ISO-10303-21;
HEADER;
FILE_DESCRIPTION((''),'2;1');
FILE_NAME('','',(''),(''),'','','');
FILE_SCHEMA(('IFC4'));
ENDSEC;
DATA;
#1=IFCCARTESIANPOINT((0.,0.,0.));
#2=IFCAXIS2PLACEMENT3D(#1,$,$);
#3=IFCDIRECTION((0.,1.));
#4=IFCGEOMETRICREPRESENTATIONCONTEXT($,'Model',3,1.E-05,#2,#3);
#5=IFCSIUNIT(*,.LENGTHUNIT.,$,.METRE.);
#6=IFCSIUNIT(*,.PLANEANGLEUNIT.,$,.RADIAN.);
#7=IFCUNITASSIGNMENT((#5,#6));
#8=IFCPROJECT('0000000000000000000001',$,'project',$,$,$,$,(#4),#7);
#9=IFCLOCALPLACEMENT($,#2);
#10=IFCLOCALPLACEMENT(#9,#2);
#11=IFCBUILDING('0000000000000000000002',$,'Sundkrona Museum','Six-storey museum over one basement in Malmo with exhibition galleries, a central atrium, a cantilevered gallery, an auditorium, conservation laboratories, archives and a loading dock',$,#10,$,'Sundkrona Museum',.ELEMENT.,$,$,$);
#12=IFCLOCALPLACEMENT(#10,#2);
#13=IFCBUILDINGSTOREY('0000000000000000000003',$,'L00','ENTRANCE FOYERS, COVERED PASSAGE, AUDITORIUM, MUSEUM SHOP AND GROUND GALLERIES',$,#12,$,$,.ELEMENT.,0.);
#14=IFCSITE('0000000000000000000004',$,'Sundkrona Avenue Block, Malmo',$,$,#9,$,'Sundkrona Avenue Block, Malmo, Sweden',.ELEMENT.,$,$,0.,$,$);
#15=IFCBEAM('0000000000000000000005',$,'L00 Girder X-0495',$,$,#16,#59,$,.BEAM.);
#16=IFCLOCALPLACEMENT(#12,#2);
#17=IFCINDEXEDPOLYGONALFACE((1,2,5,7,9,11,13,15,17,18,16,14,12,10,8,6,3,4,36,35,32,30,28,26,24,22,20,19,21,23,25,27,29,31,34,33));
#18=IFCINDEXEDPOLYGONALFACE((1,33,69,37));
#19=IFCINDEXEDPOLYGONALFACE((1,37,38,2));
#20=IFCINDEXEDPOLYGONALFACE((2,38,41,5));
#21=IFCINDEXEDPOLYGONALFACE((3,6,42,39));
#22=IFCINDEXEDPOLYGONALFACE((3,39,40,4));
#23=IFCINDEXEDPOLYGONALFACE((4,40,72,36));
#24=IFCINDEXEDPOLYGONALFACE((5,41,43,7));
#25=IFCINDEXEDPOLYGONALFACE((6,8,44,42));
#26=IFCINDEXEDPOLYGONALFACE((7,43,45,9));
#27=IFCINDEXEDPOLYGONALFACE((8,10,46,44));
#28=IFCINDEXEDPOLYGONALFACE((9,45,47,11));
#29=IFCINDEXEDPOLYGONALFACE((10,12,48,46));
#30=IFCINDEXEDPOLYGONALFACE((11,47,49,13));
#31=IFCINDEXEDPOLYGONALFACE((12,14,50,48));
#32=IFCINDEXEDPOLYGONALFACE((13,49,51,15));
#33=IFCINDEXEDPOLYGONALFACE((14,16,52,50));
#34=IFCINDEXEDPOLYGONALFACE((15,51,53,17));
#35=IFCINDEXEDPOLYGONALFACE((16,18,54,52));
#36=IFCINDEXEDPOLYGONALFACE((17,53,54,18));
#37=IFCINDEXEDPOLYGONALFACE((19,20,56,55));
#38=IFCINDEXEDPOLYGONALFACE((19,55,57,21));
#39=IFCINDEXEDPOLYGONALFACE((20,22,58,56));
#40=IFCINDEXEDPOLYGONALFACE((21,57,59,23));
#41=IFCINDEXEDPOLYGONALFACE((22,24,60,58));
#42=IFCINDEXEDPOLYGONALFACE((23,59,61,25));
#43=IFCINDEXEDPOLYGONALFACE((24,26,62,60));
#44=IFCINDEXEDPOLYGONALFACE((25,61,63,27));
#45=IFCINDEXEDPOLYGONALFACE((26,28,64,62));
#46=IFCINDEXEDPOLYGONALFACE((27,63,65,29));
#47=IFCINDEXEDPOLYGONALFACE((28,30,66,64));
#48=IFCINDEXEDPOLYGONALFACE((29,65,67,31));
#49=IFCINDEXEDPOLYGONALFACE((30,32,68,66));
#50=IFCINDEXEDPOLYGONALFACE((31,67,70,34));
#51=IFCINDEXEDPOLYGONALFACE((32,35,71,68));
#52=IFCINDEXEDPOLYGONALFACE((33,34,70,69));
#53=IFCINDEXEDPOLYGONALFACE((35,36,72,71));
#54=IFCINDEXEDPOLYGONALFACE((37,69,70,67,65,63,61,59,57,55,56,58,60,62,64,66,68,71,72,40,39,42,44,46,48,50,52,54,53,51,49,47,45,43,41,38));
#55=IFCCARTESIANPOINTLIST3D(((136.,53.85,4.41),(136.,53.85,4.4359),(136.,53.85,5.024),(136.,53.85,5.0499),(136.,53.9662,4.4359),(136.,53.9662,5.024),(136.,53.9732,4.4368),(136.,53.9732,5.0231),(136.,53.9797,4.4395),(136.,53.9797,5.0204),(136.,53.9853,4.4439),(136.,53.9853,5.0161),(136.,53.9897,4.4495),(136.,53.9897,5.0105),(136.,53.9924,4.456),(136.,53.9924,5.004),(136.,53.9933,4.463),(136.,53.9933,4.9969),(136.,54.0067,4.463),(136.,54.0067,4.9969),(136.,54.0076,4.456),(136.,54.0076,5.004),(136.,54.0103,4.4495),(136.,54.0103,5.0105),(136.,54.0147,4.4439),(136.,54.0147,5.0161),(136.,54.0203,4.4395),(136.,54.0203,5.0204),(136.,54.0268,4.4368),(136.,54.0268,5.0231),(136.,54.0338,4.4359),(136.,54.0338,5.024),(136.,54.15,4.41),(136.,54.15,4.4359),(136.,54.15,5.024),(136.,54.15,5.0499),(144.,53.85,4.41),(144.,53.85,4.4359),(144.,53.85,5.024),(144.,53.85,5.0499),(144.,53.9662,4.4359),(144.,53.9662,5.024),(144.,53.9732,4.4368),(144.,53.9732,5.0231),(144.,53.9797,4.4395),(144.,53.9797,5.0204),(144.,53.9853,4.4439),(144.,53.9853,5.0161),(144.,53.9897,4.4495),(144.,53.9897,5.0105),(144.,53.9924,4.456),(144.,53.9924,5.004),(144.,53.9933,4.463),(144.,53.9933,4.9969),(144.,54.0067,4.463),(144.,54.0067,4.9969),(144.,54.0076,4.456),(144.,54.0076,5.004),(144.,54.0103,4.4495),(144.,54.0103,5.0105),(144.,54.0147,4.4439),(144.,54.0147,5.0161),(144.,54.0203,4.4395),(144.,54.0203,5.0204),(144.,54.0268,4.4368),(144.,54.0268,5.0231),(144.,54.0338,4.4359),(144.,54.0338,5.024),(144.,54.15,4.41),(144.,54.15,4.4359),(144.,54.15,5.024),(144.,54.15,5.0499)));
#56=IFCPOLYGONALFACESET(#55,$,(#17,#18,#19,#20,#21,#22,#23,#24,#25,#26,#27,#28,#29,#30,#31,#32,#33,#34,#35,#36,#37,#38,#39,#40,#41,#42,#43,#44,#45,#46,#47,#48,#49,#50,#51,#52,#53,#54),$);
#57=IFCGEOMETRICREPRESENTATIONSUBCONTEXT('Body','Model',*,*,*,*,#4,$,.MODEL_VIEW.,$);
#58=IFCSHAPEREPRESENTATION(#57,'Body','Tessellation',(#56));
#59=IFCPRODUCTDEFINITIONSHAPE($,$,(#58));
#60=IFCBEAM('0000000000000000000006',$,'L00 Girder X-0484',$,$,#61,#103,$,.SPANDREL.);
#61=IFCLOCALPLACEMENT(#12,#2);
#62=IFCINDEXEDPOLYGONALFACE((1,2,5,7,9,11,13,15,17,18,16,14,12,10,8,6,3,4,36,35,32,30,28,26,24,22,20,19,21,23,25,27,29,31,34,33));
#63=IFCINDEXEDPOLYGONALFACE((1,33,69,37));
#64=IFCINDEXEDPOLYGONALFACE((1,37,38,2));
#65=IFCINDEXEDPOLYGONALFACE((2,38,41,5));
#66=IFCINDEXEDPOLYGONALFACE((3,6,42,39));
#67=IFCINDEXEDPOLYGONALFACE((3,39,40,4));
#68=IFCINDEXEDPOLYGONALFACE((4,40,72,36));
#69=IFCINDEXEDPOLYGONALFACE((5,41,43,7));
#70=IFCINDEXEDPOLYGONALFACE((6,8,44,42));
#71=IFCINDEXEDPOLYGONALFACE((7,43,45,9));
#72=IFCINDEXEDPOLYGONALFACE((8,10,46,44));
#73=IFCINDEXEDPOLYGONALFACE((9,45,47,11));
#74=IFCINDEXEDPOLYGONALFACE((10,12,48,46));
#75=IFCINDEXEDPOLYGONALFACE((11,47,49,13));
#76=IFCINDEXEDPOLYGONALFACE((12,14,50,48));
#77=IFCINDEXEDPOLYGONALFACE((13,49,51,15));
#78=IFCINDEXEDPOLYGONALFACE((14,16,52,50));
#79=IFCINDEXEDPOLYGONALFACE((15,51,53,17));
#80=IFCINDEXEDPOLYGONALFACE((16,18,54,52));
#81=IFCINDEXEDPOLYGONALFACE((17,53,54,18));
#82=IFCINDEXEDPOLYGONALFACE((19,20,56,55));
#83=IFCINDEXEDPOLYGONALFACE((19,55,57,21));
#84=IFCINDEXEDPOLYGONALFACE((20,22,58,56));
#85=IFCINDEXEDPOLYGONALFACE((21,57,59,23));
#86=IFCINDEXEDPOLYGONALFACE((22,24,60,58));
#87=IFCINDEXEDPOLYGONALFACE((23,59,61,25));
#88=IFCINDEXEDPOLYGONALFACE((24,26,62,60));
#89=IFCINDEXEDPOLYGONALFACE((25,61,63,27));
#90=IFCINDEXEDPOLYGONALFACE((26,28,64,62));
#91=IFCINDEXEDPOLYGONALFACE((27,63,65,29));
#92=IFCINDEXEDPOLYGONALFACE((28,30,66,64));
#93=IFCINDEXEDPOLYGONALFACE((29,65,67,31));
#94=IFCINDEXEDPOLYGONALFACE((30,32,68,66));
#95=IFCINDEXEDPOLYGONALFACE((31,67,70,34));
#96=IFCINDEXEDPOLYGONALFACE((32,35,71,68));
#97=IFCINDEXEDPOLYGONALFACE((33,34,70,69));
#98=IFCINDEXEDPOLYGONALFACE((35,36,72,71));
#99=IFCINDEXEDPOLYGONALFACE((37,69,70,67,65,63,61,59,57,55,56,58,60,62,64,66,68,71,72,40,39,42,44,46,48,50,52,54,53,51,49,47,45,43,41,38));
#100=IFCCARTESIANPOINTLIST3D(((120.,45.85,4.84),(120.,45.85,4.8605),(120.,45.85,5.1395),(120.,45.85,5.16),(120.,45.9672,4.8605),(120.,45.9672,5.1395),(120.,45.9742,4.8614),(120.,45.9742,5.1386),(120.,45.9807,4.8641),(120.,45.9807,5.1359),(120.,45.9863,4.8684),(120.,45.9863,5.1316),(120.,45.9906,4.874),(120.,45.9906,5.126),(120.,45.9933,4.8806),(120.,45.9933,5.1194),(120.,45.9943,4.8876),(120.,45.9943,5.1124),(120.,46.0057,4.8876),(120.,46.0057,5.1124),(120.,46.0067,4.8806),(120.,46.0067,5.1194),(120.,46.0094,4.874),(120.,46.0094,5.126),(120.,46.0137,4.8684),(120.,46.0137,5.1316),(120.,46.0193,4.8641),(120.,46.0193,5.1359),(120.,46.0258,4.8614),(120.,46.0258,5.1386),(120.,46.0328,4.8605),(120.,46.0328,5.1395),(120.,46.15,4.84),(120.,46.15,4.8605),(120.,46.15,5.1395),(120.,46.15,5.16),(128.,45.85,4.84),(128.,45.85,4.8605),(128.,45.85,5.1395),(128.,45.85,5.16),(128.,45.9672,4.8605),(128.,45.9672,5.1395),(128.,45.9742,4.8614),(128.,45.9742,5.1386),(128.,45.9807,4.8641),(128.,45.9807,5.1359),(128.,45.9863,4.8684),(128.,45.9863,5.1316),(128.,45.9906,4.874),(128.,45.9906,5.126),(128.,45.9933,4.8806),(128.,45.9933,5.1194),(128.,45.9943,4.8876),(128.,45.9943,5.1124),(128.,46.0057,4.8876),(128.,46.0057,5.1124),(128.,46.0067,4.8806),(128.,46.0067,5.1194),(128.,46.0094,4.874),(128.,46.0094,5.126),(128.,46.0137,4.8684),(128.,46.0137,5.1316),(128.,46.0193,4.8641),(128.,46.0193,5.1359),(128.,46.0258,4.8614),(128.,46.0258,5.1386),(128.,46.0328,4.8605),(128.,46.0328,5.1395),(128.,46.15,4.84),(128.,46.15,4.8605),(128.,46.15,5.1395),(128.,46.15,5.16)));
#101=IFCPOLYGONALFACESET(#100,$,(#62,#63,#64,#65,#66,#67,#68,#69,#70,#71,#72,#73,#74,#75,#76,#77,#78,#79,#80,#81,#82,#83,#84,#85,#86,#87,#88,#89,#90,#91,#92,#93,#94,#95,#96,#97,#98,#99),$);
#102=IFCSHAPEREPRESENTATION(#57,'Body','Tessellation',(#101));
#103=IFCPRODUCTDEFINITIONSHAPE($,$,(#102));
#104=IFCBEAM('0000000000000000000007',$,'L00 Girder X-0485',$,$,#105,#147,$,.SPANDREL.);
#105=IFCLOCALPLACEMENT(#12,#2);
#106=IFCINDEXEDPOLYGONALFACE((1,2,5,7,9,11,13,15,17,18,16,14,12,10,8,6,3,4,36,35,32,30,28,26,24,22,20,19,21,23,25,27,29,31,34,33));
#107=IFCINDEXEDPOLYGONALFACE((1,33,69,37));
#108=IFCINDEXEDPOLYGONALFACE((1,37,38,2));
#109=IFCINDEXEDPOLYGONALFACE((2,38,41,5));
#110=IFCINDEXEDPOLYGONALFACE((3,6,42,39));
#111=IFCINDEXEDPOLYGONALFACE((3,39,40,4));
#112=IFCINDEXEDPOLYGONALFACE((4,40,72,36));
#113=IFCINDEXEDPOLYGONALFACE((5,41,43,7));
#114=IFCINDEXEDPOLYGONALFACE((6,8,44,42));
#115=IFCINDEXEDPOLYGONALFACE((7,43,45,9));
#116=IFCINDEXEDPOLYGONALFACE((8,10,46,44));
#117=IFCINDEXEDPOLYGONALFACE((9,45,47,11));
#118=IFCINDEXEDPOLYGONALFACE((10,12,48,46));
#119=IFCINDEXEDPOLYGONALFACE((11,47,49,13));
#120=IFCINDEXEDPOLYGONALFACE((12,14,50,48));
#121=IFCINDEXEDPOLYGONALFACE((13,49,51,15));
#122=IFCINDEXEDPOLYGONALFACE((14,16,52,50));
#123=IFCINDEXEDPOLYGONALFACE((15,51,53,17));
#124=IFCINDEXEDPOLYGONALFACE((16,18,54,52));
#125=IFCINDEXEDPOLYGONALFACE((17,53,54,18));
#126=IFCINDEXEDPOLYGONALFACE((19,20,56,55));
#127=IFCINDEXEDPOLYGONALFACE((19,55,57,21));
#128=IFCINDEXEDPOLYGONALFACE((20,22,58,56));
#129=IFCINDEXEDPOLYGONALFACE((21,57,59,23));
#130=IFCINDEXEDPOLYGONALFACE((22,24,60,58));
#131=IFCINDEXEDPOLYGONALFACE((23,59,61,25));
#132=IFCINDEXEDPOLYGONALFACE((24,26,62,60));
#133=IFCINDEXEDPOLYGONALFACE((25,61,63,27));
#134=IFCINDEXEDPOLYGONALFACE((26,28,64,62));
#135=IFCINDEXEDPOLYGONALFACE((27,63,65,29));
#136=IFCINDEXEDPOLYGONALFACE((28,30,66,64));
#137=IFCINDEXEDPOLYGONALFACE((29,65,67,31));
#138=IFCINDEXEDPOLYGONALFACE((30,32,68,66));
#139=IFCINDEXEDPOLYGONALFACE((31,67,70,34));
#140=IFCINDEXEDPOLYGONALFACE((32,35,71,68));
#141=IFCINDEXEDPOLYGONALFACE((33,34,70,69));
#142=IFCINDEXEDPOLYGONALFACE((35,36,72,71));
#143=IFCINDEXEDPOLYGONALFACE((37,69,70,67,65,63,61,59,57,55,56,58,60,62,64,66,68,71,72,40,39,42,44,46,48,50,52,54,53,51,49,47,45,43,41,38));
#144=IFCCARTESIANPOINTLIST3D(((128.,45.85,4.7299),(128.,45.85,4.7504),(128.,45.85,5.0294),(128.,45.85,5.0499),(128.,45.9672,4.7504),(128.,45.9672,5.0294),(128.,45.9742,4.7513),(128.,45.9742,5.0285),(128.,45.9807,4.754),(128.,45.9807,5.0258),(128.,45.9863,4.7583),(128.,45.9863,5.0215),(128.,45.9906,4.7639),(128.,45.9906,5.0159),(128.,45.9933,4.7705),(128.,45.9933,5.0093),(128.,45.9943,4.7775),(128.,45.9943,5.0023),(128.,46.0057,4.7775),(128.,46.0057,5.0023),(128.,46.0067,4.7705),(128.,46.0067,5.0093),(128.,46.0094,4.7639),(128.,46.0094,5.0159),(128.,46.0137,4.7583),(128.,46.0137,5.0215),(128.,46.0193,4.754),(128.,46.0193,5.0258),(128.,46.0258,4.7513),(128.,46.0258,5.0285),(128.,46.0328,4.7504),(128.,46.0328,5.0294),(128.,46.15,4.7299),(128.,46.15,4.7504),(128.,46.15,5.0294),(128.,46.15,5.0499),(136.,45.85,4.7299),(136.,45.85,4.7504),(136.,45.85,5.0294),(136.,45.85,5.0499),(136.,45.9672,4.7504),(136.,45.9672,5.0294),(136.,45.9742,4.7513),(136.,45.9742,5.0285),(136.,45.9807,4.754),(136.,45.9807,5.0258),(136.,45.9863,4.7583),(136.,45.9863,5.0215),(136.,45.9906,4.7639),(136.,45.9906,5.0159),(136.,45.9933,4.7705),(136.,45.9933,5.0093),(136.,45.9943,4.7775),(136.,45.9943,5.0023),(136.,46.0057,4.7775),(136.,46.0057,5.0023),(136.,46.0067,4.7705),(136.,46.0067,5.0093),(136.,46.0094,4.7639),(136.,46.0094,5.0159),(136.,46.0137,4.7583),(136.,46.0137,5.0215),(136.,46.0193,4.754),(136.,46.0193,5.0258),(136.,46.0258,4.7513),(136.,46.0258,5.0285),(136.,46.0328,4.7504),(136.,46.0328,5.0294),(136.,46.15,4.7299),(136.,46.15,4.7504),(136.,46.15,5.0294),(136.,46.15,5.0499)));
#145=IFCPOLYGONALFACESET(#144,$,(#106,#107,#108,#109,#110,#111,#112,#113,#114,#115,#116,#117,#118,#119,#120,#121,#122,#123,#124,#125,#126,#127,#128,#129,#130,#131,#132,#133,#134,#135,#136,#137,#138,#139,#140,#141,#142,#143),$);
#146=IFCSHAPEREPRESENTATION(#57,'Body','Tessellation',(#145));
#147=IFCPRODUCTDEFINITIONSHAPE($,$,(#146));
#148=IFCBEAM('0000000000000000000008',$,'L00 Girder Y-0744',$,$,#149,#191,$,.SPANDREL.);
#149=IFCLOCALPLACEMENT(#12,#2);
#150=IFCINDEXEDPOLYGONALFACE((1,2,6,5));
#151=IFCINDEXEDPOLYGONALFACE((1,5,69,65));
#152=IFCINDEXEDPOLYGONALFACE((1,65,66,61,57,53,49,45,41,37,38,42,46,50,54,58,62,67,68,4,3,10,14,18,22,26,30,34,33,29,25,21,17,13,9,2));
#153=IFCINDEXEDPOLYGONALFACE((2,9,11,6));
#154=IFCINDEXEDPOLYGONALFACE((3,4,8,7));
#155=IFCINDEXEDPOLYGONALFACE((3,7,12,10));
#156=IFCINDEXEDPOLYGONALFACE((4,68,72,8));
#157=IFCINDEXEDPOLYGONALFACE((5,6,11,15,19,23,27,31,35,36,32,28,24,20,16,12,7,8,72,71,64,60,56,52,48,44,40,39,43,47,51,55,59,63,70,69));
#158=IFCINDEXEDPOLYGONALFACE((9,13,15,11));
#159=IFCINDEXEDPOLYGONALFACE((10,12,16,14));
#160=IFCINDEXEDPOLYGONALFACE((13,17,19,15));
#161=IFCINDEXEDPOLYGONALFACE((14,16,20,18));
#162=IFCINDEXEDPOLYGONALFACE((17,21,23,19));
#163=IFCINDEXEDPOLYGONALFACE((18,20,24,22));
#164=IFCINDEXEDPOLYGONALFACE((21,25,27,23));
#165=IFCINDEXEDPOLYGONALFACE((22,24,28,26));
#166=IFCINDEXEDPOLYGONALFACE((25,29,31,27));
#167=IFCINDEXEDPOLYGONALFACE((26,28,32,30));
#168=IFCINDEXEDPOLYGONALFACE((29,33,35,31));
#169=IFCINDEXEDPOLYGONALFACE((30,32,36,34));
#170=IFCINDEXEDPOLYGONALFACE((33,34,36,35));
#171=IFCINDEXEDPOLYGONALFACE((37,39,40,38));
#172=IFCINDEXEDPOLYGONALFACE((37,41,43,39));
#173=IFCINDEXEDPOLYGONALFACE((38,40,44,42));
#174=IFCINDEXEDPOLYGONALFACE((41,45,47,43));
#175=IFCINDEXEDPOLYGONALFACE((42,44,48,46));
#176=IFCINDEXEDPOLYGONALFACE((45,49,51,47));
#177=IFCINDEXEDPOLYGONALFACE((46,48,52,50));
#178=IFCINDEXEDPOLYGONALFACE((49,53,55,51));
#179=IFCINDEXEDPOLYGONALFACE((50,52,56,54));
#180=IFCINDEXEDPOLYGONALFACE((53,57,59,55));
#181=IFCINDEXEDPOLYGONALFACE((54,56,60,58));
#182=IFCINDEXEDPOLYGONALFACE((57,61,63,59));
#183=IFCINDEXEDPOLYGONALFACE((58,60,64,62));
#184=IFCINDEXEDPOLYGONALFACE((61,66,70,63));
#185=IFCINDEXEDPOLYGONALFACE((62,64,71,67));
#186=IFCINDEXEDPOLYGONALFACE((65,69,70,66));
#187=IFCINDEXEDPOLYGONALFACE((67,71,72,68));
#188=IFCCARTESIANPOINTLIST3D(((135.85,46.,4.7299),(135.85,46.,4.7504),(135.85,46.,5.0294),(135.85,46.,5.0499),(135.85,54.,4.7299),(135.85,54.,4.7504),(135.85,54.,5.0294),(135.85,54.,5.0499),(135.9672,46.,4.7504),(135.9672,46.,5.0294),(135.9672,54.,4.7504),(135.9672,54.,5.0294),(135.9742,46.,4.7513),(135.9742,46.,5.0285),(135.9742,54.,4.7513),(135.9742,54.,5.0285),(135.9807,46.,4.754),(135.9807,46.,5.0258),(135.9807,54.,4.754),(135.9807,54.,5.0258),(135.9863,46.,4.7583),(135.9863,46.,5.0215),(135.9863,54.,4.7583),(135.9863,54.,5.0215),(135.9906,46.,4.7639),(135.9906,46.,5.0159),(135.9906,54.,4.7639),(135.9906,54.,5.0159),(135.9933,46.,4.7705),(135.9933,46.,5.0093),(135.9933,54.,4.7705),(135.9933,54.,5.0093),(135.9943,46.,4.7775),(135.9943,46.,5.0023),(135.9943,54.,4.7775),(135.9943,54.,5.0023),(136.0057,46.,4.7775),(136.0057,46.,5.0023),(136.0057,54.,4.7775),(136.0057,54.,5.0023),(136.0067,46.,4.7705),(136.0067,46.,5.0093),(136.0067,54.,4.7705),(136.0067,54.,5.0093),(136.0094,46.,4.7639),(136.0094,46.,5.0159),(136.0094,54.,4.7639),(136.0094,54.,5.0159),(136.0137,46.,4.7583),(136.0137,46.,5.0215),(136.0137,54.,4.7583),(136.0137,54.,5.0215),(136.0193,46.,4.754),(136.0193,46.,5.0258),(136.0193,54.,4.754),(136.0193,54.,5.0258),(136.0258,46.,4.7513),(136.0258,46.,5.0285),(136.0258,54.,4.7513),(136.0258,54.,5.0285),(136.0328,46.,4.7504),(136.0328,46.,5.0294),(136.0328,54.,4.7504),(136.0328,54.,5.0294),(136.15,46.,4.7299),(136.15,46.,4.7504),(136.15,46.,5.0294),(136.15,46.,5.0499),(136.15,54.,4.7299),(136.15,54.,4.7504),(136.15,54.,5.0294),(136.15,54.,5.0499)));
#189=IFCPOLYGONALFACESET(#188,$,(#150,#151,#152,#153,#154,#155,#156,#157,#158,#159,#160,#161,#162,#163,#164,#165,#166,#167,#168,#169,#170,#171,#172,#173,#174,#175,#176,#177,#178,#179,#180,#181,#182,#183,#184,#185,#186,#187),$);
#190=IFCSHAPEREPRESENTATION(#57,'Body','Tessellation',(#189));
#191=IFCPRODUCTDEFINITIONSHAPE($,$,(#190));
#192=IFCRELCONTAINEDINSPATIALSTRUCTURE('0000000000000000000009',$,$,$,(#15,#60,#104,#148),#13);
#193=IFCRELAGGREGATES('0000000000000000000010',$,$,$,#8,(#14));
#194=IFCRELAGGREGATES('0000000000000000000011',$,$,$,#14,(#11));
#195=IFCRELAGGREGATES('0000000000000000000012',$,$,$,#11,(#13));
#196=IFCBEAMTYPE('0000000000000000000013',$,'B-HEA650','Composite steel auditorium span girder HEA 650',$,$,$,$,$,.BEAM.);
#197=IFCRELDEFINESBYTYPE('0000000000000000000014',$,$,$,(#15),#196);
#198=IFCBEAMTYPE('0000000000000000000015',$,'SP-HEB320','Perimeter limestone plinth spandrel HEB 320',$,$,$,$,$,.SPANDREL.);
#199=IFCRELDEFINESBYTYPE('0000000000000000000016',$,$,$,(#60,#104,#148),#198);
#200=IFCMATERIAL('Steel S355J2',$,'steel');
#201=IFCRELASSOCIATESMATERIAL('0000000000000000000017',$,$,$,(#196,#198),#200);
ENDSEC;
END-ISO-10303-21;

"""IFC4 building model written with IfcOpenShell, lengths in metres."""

from ifc_helpers import new_model, si_unit, direction, frame, origin, origin_2d, place, context, subcontext, project, spatial, i_section, extrude, material, material_profile, profile_set, type_object, element, save


model = new_model("IFC4")

# Units and contexts
model_context = context("Model", 3, precision=1e-05, world=origin(), true_north=direction((0.0, 1.0)))
body_context = subcontext(model_context, "Body", "Model", "MODEL_VIEW")
ifc_project = project(units=[si_unit("LENGTHUNIT", "METRE"), si_unit("PLANEANGLEUNIT", "RADIAN")], contexts=[model_context])

# Site, building, storey
site_placement = place(None, origin())
site = spatial("IfcSite", under=ifc_project, at=site_placement, Name="Sundkrona Avenue Block, Malmo", LongName="Sundkrona Avenue Block, Malmo, Sweden", CompositionType="ELEMENT", RefElevation=0.0)
building_placement = place(site_placement, origin())
building = spatial("IfcBuilding", under=site, at=building_placement, Name="Sundkrona Museum", Description="Six-storey museum over one basement in Malmo with exhibition galleries, a central atrium, a cantilevered gallery, an auditorium, conservation laboratories, archives and a loading dock", LongName="Sundkrona Museum", CompositionType="ELEMENT")
storey_placement = place(building_placement, origin())
storey = spatial("IfcBuildingStorey", under=building, at=storey_placement, Name="L00", Description="ENTRANCE FOYERS, COVERED PASSAGE, AUDITORIUM, MUSEUM SHOP AND GROUND GALLERIES", CompositionType="ELEMENT", Elevation=0.0)

# Shared definitions
ifc_material_1 = material(Name="Steel S355J2", Category="steel")

# Beams
ifc_material_profile_1 = material_profile(ifc_material_1, i_section(OverallWidth=0.3, OverallDepth=0.6399, WebThickness=0.0134, FlangeThickness=0.0259, FilletRadius=0.0271, at=origin_2d()), Name="HEA 650")
ifc_profile_set_1 = profile_set([ifc_material_profile_1], Name="Steel S355J2")
beam_type_1 = type_object("IfcBeamType", Name="B-HEA650", Description="Composite steel auditorium span girder HEA 650", PredefinedType="BEAM", material=ifc_profile_set_1)
beam_1_placement = place(storey_placement, frame((136.0, 54.0, 4.73), z_axis=(1.0, 0.0, 0.0), x_axis=(0.0, 1.0, 0.0)))
element("IfcBeam", 1, at=beam_1_placement, inside=storey, type_object=beam_type_1, Name="L00 Girder X-0495", PredefinedType="BEAM", context=body_context, shape_type="SweptSolid", body=[
    extrude(i_section(OverallWidth=0.3, OverallDepth=0.6399, WebThickness=0.0134, FlangeThickness=0.0259, FilletRadius=0.0271, at=origin_2d()), origin(), (0.0, 0.0, 1.0), 8.0),
])
ifc_material_profile_2 = material_profile(ifc_material_1, i_section(OverallWidth=0.3, OverallDepth=0.3201, WebThickness=0.0115, FlangeThickness=0.0205, FilletRadius=0.0271, at=origin_2d()), Name="HEB 320")
ifc_profile_set_2 = profile_set([ifc_material_profile_2], Name="Steel S355J2")
beam_type_2 = type_object("IfcBeamType", Name="SP-HEB320", Description="Perimeter limestone plinth spandrel HEB 320", PredefinedType="SPANDREL", material=ifc_profile_set_2)
for number, where, z_axis, x_axis, name in (
    (2, (120.0, 46.0, 5.0), (1.0, 0.0, 0.0), (0.0, 1.0, 0.0), "L00 Girder X-0484"),
    (3, (128.0, 46.0, 4.8899), (1.0, 0.0, 0.0), (0.0, 1.0, 0.0), "L00 Girder X-0485"),
    (4, (136.0, 46.0, 4.8899), (0.0, 1.0, 0.0), (-1.0, 0.0, 0.0), "L00 Girder Y-0744"),
):
    element("IfcBeam", number, at=place(storey_placement, frame(where, z_axis=z_axis, x_axis=x_axis)), inside=storey, type_object=beam_type_2, Name=name, PredefinedType="SPANDREL", context=body_context, shape_type="SweptSolid", body=[
        extrude(i_section(OverallWidth=0.3, OverallDepth=0.3201, WebThickness=0.0115, FlangeThickness=0.0205, FilletRadius=0.0271, at=origin_2d()), origin(), (0.0, 0.0, 1.0), 8.0),
    ])

save(model, "model.ifc")
